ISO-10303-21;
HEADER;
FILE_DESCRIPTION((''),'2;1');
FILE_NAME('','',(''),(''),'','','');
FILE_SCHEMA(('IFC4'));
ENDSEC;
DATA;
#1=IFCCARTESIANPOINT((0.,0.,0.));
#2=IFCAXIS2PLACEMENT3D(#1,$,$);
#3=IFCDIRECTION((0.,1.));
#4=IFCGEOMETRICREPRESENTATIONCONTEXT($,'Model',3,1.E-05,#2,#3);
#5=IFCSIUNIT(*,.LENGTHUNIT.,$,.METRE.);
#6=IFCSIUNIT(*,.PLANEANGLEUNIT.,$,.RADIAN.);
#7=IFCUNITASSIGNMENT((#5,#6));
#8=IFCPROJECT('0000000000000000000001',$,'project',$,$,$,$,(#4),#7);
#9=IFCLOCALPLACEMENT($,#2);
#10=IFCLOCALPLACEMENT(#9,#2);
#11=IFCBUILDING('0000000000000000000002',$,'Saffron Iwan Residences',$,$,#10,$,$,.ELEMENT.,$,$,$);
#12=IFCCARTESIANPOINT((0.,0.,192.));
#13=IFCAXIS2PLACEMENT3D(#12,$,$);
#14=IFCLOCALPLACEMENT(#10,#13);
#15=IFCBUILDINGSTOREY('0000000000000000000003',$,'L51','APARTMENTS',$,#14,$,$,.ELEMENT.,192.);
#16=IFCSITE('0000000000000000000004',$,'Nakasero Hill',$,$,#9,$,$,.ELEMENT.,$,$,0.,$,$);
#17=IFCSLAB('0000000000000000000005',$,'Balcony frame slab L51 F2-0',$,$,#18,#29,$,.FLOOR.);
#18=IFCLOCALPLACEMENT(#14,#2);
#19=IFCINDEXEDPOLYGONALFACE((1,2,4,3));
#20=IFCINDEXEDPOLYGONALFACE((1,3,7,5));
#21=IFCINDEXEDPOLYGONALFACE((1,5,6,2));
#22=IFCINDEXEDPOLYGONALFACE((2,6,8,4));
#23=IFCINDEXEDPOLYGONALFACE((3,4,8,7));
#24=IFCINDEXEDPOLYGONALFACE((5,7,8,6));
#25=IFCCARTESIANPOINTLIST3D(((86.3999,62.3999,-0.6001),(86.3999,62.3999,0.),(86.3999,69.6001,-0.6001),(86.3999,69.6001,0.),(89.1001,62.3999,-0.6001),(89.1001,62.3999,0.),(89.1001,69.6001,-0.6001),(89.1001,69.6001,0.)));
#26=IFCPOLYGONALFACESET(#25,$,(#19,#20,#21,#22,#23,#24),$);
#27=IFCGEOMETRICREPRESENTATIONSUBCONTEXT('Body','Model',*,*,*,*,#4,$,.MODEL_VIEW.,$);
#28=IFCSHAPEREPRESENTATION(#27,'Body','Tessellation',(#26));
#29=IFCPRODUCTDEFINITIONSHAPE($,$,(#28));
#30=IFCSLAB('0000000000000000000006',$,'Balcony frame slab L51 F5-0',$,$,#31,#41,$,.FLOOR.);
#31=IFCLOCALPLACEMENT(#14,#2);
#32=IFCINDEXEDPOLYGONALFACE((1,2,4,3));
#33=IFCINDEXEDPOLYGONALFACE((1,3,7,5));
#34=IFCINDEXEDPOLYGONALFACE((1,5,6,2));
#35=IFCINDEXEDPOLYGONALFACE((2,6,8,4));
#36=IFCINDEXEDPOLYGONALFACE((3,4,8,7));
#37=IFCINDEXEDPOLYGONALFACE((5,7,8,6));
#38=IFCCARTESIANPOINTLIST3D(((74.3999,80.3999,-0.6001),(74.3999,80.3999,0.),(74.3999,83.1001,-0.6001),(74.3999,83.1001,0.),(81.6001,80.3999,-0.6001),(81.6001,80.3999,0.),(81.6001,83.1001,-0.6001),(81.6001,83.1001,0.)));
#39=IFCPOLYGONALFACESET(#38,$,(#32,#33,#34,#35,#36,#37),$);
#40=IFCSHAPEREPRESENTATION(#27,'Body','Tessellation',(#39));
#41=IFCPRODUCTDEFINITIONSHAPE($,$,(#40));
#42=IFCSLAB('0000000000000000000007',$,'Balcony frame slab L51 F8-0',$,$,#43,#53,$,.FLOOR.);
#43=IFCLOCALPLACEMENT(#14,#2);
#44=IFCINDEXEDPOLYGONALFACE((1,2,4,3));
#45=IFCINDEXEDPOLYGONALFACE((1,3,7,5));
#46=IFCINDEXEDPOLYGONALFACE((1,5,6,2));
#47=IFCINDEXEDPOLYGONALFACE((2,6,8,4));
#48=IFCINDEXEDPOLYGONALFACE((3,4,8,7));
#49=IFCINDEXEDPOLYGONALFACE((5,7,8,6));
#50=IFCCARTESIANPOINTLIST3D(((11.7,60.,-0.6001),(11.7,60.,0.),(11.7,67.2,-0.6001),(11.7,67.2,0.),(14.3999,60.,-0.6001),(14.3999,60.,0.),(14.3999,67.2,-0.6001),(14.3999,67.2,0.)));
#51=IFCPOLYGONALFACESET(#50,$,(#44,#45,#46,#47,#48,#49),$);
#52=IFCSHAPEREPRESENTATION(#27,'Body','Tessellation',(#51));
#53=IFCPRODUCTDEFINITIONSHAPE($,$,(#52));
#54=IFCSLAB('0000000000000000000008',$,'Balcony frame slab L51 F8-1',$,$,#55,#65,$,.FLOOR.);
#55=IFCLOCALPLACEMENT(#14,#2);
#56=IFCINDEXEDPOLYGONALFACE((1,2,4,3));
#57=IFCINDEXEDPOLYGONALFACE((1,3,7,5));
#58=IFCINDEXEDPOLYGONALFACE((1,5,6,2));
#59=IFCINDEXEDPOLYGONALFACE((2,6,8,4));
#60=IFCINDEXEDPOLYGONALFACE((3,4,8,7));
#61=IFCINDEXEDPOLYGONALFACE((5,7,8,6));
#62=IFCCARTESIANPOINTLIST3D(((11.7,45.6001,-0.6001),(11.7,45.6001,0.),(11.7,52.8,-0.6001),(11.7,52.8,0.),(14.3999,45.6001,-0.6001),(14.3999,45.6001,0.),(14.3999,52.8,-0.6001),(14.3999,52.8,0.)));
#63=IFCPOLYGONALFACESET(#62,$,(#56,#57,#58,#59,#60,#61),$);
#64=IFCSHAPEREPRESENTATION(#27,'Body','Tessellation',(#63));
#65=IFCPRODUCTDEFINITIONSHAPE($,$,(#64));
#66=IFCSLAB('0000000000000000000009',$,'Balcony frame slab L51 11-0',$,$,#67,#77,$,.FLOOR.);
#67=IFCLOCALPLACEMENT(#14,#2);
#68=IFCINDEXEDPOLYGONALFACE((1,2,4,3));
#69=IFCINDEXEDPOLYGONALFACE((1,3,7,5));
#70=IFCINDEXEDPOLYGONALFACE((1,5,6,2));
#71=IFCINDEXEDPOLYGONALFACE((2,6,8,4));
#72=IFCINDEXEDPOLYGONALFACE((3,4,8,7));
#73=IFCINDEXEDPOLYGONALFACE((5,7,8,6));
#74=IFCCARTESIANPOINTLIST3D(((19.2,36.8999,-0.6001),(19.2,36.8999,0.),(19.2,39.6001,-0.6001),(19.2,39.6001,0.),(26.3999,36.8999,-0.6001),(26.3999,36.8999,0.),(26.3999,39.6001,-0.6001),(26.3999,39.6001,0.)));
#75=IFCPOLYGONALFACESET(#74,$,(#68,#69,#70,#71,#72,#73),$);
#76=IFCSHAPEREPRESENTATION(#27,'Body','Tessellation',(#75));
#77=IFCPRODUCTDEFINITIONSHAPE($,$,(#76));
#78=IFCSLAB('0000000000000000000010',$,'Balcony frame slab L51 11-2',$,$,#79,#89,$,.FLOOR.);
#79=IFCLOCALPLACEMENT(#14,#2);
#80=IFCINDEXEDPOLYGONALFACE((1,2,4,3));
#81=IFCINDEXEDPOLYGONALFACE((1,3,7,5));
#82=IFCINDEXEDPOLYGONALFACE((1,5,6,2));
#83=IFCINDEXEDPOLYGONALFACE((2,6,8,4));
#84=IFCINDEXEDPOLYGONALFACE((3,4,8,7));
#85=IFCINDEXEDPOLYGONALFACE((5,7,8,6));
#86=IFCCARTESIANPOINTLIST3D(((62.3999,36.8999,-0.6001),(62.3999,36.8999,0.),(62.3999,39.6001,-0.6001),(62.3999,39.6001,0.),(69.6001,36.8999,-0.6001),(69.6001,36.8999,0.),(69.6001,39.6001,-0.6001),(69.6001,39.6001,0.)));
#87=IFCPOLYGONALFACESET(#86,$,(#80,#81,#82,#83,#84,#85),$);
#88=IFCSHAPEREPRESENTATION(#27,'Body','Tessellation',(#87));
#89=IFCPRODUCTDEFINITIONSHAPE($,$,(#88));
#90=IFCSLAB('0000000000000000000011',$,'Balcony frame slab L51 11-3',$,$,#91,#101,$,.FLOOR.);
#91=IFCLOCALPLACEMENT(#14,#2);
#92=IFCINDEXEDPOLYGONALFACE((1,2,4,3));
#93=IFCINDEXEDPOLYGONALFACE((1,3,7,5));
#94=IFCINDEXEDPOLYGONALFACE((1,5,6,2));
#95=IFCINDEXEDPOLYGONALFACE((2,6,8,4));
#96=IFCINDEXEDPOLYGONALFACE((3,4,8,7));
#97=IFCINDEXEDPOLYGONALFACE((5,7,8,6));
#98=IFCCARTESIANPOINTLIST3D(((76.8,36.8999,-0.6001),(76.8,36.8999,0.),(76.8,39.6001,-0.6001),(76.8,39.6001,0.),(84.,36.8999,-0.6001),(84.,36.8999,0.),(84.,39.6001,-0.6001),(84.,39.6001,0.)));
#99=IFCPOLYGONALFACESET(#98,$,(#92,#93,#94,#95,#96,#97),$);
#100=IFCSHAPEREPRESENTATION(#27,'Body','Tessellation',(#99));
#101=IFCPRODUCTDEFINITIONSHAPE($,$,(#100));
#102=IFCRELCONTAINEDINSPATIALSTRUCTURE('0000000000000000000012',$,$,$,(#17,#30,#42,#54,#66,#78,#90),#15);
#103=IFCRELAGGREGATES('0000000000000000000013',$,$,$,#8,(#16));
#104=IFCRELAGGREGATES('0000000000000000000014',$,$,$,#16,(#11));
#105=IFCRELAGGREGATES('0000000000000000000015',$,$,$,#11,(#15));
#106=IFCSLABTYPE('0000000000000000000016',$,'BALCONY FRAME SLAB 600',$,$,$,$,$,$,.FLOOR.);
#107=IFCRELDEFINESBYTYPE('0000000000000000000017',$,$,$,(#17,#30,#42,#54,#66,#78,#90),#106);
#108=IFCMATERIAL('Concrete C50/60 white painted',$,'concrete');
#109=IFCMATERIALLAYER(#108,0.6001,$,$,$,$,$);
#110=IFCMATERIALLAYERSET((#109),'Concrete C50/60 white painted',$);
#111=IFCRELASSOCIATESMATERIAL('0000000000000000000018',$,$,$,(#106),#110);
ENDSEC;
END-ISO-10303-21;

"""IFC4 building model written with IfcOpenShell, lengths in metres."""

from ifc_helpers import new_model, si_unit, direction, frame, origin, place, context, subcontext, project, spatial, polyline, outline, extrude, material, layer, layer_set, type_object, element, save


model = new_model("IFC4")

# Units and contexts
model_context = context("Model", 3, precision=1e-05, world=origin(), true_north=direction((0.0, 1.0)))
body_context = subcontext(model_context, "Body", "Model", "MODEL_VIEW")
ifc_project = project(units=[si_unit("LENGTHUNIT", "METRE"), si_unit("PLANEANGLEUNIT", "RADIAN")], contexts=[model_context])

# Site, building, storey
site_placement = place(None, origin())
site = spatial("IfcSite", under=ifc_project, at=site_placement, Name="Nakasero Hill", CompositionType="ELEMENT", RefElevation=0.0)
building_placement = place(site_placement, origin())
building = spatial("IfcBuilding", under=site, at=building_placement, Name="Saffron Iwan Residences", CompositionType="ELEMENT")
storey_placement = place(building_placement, frame((0.0, 0.0, 192.0)))
storey = spatial("IfcBuildingStorey", under=building, at=storey_placement, Name="L51", Description="APARTMENTS", CompositionType="ELEMENT", Elevation=192.0)

# Slabs
ifc_material_1 = material(Name="Concrete C50/60 white painted", Category="concrete")
ifc_layer_1 = layer(ifc_material_1, 0.6001)
ifc_layer_set_1 = layer_set([ifc_layer_1], Name="Concrete C50/60 white painted")
slab_type_1 = type_object("IfcSlabType", Name="BALCONY FRAME SLAB 600", PredefinedType="FLOOR", material=ifc_layer_set_1)
slab_1_placement = place(storey_placement, frame((0.0, 0.0, -0.6001)))
element("IfcSlab", 1, at=slab_1_placement, inside=storey, type_object=slab_type_1, Name="Balcony frame slab L51 F2-0", PredefinedType="FLOOR", context=body_context, shape_type="SweptSolid", body=[
    extrude(outline(polyline([(89.1001, 62.3999), (89.1001, 69.6001), (86.3999, 69.6001), (86.3999, 62.3999), (89.1001, 62.3999)])), origin(), (0.0, 0.0, 1.0), 0.6001),
])
slab_2_placement = place(storey_placement, frame((0.0, 0.0, -0.6001)))
element("IfcSlab", 2, at=slab_2_placement, inside=storey, type_object=slab_type_1, Name="Balcony frame slab L51 F5-0", PredefinedType="FLOOR", context=body_context, shape_type="SweptSolid", body=[
    extrude(outline(polyline([(81.6001, 83.1001), (74.3999, 83.1001), (74.3999, 80.3999), (81.6001, 80.3999), (81.6001, 83.1001)])), origin(), (0.0, 0.0, 1.0), 0.6001),
])
slab_3_placement = place(storey_placement, frame((0.0, 0.0, -0.6001)))
element("IfcSlab", 3, at=slab_3_placement, inside=storey, type_object=slab_type_1, Name="Balcony frame slab L51 F8-0", PredefinedType="FLOOR", context=body_context, shape_type="SweptSolid", body=[
    extrude(outline(polyline([(11.7, 67.2), (11.7, 60.0), (14.3999, 60.0), (14.3999, 67.2), (11.7, 67.2)])), origin(), (0.0, 0.0, 1.0), 0.6001),
])
slab_4_placement = place(storey_placement, frame((0.0, 0.0, -0.6001)))
element("IfcSlab", 4, at=slab_4_placement, inside=storey, type_object=slab_type_1, Name="Balcony frame slab L51 F8-1", PredefinedType="FLOOR", context=body_context, shape_type="SweptSolid", body=[
    extrude(outline(polyline([(11.7, 52.8), (11.7, 45.6001), (14.3999, 45.6001), (14.3999, 52.8), (11.7, 52.8)])), origin(), (0.0, 0.0, 1.0), 0.6001),
])
slab_5_placement = place(storey_placement, frame((0.0, 0.0, -0.6001)))
element("IfcSlab", 5, at=slab_5_placement, inside=storey, type_object=slab_type_1, Name="Balcony frame slab L51 11-0", PredefinedType="FLOOR", context=body_context, shape_type="SweptSolid", body=[
    extrude(outline(polyline([(19.2, 36.8999), (26.3999, 36.8999), (26.3999, 39.6001), (19.2, 39.6001), (19.2, 36.8999)])), origin(), (0.0, 0.0, 1.0), 0.6001),
])
slab_6_placement = place(storey_placement, frame((0.0, 0.0, -0.6001)))
element("IfcSlab", 6, at=slab_6_placement, inside=storey, type_object=slab_type_1, Name="Balcony frame slab L51 11-2", PredefinedType="FLOOR", context=body_context, shape_type="SweptSolid", body=[
    extrude(outline(polyline([(62.3999, 36.8999), (69.6001, 36.8999), (69.6001, 39.6001), (62.3999, 39.6001), (62.3999, 36.8999)])), origin(), (0.0, 0.0, 1.0), 0.6001),
])
slab_7_placement = place(storey_placement, frame((0.0, 0.0, -0.6001)))
element("IfcSlab", 7, at=slab_7_placement, inside=storey, type_object=slab_type_1, Name="Balcony frame slab L51 11-3", PredefinedType="FLOOR", context=body_context, shape_type="SweptSolid", body=[
    extrude(outline(polyline([(76.8, 36.8999), (84.0, 36.8999), (84.0, 39.6001), (76.8, 39.6001), (76.8, 36.8999)])), origin(), (0.0, 0.0, 1.0), 0.6001),
])

save(model, "model.ifc")
